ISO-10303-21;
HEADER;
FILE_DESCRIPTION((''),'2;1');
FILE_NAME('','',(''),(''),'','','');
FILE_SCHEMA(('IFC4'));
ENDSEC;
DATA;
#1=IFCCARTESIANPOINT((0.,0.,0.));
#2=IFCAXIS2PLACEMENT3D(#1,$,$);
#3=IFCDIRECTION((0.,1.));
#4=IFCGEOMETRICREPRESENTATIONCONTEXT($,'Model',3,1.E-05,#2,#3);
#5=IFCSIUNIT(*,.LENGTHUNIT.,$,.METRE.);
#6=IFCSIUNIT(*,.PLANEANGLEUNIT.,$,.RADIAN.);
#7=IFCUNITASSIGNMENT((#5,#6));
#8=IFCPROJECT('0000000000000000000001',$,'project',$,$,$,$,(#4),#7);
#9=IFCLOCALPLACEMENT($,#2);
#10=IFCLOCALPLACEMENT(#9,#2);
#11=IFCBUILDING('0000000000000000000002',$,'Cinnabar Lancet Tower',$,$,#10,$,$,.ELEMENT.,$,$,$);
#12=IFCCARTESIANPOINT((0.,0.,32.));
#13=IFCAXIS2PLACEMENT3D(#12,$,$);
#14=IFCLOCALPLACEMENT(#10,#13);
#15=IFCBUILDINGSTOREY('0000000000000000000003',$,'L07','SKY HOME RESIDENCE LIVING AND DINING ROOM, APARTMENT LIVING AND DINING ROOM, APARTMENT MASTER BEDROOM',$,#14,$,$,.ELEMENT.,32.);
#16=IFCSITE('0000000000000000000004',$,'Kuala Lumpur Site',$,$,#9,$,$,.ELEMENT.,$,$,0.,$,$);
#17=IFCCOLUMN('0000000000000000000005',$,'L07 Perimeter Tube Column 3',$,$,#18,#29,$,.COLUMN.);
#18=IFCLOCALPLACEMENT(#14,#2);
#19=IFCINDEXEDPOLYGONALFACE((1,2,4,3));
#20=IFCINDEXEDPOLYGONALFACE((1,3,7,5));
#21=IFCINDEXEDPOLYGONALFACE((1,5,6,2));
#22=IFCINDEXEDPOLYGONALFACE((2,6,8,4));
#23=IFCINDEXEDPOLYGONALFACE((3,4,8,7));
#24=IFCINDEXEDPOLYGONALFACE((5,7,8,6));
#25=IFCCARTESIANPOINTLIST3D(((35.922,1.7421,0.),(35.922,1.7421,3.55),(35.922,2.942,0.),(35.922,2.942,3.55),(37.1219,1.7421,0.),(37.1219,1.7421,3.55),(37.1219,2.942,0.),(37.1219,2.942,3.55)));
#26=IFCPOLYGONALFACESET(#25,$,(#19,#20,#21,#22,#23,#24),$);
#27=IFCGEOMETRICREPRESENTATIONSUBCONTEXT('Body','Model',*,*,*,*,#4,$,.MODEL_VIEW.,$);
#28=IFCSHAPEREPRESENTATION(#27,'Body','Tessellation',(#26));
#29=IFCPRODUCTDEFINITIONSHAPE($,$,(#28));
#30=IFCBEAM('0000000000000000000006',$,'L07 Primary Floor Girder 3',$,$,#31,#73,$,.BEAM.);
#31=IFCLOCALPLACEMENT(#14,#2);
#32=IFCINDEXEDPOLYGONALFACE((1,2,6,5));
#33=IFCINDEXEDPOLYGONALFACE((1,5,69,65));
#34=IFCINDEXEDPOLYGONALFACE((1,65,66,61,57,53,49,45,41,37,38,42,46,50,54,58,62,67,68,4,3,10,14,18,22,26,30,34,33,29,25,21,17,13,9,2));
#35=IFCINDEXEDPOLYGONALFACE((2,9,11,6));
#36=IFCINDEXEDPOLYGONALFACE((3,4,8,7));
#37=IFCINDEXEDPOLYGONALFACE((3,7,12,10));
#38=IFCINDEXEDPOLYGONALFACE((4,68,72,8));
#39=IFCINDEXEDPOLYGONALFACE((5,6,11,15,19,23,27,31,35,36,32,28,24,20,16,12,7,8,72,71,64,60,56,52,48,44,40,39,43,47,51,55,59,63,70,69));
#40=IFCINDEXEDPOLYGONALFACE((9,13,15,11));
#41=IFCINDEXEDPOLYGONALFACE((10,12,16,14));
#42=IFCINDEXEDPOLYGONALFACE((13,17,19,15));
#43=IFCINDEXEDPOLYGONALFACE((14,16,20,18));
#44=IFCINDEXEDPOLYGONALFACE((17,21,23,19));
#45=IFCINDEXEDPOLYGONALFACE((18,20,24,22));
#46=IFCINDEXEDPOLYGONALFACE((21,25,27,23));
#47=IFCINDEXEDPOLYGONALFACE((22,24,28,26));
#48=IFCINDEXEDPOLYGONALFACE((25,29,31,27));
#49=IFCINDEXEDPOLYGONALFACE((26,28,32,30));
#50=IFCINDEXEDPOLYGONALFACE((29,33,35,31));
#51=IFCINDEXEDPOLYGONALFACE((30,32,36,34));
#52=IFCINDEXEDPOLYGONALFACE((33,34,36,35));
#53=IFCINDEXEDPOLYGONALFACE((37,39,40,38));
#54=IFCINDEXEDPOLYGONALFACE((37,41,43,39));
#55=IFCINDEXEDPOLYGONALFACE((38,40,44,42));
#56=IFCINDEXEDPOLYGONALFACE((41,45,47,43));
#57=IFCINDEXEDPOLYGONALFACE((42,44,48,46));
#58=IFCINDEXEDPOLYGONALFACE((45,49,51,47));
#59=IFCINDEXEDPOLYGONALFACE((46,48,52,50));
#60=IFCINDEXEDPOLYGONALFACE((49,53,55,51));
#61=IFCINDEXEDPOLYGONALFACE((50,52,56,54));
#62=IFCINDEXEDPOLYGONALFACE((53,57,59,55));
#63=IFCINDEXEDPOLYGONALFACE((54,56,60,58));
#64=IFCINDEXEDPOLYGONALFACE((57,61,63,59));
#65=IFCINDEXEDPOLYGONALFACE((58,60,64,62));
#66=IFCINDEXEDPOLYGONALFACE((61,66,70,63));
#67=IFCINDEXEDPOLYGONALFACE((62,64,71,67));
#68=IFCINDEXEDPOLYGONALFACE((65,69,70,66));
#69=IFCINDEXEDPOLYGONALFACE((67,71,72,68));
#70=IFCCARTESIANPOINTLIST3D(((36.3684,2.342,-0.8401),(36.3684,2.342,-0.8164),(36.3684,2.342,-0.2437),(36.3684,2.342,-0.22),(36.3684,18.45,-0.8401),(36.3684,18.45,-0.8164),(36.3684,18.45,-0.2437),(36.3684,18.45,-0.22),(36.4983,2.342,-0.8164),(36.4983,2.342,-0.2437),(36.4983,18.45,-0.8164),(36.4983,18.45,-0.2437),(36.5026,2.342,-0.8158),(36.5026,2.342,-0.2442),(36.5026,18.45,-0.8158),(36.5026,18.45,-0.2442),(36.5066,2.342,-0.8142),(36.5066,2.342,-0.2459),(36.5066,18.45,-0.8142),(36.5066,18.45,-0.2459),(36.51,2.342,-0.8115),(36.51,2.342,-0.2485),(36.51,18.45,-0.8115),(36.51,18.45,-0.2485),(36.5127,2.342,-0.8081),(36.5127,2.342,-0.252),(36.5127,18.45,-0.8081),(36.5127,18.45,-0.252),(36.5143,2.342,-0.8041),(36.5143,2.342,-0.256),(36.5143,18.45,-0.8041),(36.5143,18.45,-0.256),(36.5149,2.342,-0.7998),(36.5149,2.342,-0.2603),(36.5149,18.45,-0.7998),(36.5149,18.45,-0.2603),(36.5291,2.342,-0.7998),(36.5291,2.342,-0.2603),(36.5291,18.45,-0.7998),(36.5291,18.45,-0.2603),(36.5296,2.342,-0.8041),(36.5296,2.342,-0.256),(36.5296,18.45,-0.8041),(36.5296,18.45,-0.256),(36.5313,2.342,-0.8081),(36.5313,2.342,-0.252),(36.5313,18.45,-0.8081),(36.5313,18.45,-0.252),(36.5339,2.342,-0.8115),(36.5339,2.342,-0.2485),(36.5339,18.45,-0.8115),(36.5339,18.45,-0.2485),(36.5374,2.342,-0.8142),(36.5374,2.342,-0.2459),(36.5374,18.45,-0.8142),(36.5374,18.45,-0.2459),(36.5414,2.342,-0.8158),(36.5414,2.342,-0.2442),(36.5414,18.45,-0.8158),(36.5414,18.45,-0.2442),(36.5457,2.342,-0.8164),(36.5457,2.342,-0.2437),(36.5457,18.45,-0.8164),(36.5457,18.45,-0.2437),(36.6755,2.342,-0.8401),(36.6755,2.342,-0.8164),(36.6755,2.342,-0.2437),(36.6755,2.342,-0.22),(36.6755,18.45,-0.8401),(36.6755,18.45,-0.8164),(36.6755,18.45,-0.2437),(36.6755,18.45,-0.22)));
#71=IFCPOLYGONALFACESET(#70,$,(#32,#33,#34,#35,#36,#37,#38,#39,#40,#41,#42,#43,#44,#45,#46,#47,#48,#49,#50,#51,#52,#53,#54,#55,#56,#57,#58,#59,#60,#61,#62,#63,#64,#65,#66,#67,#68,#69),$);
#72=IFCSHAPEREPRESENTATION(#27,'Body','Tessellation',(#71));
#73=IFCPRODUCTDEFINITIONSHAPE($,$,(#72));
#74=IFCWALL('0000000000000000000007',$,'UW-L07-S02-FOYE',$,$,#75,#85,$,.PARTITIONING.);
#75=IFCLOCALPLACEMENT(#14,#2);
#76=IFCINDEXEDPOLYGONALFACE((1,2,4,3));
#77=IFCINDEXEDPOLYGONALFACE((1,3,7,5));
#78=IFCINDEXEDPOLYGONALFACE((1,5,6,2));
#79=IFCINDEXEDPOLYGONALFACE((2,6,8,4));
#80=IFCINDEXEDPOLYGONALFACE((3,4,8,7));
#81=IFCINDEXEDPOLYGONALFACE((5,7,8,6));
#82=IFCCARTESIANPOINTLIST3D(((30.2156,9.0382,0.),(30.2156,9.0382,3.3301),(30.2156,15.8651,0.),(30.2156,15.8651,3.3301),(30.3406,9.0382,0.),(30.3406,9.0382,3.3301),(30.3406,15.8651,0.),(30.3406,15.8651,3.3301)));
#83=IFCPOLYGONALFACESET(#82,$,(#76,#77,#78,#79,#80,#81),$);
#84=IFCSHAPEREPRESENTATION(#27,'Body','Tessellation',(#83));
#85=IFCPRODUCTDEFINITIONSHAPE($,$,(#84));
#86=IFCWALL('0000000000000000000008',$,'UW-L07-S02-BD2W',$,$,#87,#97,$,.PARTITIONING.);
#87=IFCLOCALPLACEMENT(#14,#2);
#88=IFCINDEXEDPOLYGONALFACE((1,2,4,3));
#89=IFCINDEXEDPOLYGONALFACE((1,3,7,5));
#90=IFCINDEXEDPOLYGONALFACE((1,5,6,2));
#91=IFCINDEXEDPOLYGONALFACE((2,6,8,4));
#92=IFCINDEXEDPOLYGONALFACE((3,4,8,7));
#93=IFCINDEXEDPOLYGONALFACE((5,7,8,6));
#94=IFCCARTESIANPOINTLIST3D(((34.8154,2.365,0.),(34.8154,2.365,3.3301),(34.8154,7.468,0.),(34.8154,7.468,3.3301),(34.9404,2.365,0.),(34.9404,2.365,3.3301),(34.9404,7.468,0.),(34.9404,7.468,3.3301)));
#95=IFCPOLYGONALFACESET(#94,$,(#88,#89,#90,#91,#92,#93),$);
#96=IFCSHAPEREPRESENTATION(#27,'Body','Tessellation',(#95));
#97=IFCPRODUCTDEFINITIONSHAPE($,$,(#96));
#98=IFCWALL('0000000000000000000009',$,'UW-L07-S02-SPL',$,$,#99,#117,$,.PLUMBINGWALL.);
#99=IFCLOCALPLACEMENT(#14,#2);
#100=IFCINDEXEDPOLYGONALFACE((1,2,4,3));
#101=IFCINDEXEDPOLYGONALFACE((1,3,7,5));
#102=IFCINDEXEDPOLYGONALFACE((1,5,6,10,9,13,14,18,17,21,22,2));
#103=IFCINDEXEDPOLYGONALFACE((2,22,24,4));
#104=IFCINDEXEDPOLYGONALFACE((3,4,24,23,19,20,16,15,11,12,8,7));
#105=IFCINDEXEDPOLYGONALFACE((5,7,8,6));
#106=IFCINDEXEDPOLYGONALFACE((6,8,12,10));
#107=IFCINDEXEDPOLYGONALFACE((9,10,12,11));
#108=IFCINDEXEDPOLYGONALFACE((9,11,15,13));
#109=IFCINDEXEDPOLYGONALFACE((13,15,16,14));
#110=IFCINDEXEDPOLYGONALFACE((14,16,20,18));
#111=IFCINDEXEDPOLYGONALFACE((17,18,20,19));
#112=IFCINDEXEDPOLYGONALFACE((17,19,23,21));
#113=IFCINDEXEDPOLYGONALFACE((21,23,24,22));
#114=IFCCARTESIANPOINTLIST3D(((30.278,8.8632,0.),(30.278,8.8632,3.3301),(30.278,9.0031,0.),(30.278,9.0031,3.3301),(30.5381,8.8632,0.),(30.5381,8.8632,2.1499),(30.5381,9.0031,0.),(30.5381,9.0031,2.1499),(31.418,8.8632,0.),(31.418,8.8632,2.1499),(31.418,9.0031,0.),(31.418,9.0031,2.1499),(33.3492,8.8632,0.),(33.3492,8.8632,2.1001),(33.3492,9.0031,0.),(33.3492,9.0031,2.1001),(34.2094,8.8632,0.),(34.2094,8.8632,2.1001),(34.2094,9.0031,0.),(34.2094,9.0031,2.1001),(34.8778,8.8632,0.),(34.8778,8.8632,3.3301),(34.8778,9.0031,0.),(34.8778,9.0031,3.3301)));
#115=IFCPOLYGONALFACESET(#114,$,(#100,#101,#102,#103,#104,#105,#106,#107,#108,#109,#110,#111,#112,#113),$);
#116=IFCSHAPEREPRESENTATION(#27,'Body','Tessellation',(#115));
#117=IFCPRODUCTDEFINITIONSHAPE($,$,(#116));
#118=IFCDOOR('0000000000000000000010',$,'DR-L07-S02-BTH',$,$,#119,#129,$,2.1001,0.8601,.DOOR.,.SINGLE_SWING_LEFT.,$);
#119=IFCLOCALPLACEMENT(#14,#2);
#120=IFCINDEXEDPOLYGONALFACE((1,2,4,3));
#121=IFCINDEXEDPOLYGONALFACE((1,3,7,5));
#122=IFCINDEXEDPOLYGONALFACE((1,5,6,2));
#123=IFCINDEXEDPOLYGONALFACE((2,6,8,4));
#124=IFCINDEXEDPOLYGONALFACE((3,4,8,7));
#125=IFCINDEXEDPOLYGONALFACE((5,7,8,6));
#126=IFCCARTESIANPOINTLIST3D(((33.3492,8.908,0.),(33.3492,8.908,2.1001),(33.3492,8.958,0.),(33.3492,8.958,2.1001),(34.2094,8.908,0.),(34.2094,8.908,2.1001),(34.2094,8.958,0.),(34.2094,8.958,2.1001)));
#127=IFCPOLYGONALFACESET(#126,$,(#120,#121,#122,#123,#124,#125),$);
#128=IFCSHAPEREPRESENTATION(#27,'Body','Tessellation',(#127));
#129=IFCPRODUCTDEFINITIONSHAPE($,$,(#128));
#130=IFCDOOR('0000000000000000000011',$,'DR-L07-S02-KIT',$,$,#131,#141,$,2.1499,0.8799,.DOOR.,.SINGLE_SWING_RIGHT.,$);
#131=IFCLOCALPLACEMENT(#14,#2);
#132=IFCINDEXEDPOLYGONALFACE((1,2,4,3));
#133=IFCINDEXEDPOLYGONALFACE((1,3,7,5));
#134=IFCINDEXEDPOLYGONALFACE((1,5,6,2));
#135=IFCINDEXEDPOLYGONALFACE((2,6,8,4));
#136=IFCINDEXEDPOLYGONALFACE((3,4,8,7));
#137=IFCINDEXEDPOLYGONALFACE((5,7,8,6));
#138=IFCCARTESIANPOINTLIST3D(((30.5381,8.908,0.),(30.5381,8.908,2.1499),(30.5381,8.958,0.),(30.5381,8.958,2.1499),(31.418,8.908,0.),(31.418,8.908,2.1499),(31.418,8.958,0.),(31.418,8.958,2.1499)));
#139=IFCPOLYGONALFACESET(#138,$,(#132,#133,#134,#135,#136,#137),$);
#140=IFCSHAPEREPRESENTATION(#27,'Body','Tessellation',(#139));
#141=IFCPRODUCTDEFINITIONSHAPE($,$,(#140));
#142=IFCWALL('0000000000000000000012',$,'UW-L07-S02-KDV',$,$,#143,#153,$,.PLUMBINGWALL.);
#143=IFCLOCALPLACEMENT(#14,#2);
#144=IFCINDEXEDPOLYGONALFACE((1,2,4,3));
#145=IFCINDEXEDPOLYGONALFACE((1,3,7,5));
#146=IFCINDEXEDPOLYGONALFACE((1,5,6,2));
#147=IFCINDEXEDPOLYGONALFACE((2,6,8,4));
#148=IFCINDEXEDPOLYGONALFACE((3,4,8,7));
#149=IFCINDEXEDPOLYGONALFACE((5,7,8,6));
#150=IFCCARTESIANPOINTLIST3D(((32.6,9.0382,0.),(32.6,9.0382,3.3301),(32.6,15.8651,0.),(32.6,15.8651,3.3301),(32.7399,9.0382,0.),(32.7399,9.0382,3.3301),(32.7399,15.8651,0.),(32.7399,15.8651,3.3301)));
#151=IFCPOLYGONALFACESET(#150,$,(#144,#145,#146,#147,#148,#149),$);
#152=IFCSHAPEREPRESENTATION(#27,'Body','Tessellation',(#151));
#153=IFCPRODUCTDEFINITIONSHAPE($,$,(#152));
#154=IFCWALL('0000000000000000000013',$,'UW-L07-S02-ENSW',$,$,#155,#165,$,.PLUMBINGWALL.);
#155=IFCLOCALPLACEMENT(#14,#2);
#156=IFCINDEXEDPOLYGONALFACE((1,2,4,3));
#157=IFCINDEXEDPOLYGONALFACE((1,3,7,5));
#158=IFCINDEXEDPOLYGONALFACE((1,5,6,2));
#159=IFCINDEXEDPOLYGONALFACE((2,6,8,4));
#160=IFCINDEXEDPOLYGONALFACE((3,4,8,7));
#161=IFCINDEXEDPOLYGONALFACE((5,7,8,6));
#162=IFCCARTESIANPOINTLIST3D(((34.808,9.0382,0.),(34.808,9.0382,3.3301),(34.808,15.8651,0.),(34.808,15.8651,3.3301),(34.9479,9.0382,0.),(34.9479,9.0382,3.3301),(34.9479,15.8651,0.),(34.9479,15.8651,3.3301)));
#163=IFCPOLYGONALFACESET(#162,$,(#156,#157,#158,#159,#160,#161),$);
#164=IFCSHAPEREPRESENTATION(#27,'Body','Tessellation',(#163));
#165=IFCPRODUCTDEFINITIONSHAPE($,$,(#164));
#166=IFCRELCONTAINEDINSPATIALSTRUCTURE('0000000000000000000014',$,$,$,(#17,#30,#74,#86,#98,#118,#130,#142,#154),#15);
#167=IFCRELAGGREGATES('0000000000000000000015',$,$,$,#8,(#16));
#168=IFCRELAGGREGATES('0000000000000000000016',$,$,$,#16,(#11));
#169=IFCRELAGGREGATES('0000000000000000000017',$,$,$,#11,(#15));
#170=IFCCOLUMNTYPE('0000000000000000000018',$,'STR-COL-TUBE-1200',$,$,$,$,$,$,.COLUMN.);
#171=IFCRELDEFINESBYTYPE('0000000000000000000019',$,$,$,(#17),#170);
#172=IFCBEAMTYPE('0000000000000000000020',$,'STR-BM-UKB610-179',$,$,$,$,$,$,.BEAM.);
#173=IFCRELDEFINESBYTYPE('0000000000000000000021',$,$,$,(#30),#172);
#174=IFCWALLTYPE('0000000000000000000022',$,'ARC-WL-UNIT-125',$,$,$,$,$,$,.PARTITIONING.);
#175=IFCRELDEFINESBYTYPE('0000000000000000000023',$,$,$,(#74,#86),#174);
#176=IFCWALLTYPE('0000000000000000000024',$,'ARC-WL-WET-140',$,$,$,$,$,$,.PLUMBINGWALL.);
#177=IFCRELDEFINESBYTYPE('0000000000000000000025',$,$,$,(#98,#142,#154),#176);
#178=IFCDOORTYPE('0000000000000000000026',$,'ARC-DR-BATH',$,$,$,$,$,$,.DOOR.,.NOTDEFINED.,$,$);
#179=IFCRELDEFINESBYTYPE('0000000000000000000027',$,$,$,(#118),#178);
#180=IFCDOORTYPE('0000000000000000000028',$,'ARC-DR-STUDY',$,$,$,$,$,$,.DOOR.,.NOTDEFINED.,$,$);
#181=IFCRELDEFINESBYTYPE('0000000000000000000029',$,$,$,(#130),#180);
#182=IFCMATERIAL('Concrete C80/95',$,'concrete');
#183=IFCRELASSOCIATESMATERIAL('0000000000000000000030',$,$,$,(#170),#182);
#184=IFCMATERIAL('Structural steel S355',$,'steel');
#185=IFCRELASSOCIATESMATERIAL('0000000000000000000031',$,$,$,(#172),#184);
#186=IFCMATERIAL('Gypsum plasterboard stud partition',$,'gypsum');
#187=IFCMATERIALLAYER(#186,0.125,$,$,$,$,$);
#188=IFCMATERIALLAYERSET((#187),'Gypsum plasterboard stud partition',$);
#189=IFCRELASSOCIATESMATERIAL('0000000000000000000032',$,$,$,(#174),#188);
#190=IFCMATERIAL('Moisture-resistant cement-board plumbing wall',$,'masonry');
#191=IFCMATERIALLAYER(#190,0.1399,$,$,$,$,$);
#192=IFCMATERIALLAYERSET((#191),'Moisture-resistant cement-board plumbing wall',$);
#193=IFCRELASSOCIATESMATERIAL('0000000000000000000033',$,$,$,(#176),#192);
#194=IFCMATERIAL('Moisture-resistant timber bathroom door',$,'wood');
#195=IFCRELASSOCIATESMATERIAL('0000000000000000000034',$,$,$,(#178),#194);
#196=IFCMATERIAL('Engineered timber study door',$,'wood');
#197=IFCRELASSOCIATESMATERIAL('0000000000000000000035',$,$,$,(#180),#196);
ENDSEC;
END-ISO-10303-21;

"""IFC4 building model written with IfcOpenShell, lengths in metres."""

from ifc_helpers import new_model, si_unit, direction, frame, frame_2d, origin, origin_2d, place, context, subcontext, project, spatial, rectangle, i_section, extrude, material, layer, layer_set, material_profile, profile_set, type_object, element, fill, save


model = new_model("IFC4")

# Units and contexts
model_context = context("Model", 3, precision=1e-05, world=origin(), true_north=direction((0.0, 1.0)))
body_context = subcontext(model_context, "Body", "Model", "MODEL_VIEW")
ifc_project = project(units=[si_unit("LENGTHUNIT", "METRE"), si_unit("PLANEANGLEUNIT", "RADIAN")], contexts=[model_context])

# Site, building, storey
site_placement = place(None, origin())
site = spatial("IfcSite", under=ifc_project, at=site_placement, Name="Kuala Lumpur Site", CompositionType="ELEMENT", RefElevation=0.0)
building_placement = place(site_placement, origin())
building = spatial("IfcBuilding", under=site, at=building_placement, Name="Cinnabar Lancet Tower", CompositionType="ELEMENT")
storey_placement = place(building_placement, frame((0.0, 0.0, 32.0)))
storey = spatial("IfcBuildingStorey", under=building, at=storey_placement, Name="L07", Description="SKY HOME RESIDENCE LIVING AND DINING ROOM, APARTMENT LIVING AND DINING ROOM, APARTMENT MASTER BEDROOM", CompositionType="ELEMENT", Elevation=32.0)

# Column
ifc_material_1 = material(Name="Concrete C80/95", Category="concrete")
ifc_material_profile_1 = material_profile(ifc_material_1, rectangle(XDim=1.2, YDim=1.2, at=origin_2d()), Name="RC-COL 1200x1200")
ifc_profile_set_1 = profile_set([ifc_material_profile_1], Name="Concrete C80/95")
column_type = type_object("IfcColumnType", Name="STR-COL-TUBE-1200", PredefinedType="COLUMN", material=ifc_profile_set_1)
column_placement = place(storey_placement, frame((36.522, 2.342, 0.0), z_axis=(0.0, 0.0, 1.0), x_axis=(1.0, 0.0, 0.0)))
element("IfcColumn", 1, at=column_placement, inside=storey, type_object=column_type, Name="L07 Perimeter Tube Column 3", PredefinedType="COLUMN", context=body_context, shape_type="SweptSolid", body=[
    extrude(rectangle(XDim=1.2, YDim=1.2, at=origin_2d()), origin(), (0.0, 0.0, 1.0), 3.55),
])

# Beam
ifc_material_2 = material(Name="Structural steel S355", Category="steel")
ifc_material_profile_2 = material_profile(ifc_material_2, i_section(OverallWidth=0.3071, OverallDepth=0.6201, WebThickness=0.0142, FlangeThickness=0.0237, FilletRadius=0.0166, at=origin_2d()), Name="UKB 610x305x179")
ifc_profile_set_2 = profile_set([ifc_material_profile_2], Name="Structural steel S355")
beam_type = type_object("IfcBeamType", Name="STR-BM-UKB610-179", PredefinedType="BEAM", material=ifc_profile_set_2)
beam_placement = place(storey_placement, frame((36.522, 2.342, -0.53), z_axis=(0.0, 1.0, 0.0), x_axis=(-1.0, 0.0, 0.0)))
element("IfcBeam", 2, at=beam_placement, inside=storey, type_object=beam_type, Name="L07 Primary Floor Girder 3", PredefinedType="BEAM", context=body_context, shape_type="SweptSolid", body=[
    extrude(i_section(OverallWidth=0.3071, OverallDepth=0.6201, WebThickness=0.0142, FlangeThickness=0.0237, FilletRadius=0.0166, at=origin_2d()), origin(), (0.0, 0.0, 1.0), 16.1079),
])

# Walls
ifc_material_3 = material(Name="Gypsum plasterboard stud partition", Category="gypsum")
ifc_layer_1 = layer(ifc_material_3, 0.125)
ifc_layer_set_1 = layer_set([ifc_layer_1], Name="Gypsum plasterboard stud partition")
wall_type_1 = type_object("IfcWallType", Name="ARC-WL-UNIT-125", PredefinedType="PARTITIONING", material=ifc_layer_set_1)
wall_1_placement = place(storey_placement, frame((30.2781, 9.0381, 0.0), z_axis=(0.0, 0.0, 1.0), x_axis=(0.0, 1.0, 0.0)))
element("IfcWall", 3, at=wall_1_placement, inside=storey, type_object=wall_type_1, Name="UW-L07-S02-FOYE", PredefinedType="PARTITIONING", context=body_context, shape_type="SweptSolid", body=[
    extrude(rectangle(XDim=6.8269, YDim=0.125, at=frame_2d((3.4136, 0.0))), origin(), (0.0, 0.0, 1.0), 3.3301),
])
wall_2_placement = place(storey_placement, frame((34.8779, 2.365, 0.0), z_axis=(0.0, 0.0, 1.0), x_axis=(0.0, 1.0, 0.0)))
element("IfcWall", 4, at=wall_2_placement, inside=storey, type_object=wall_type_1, Name="UW-L07-S02-BD2W", PredefinedType="PARTITIONING", context=body_context, shape_type="SweptSolid", body=[
    extrude(rectangle(XDim=5.103, YDim=0.125, at=frame_2d((2.5515, 0.0))), origin(), (0.0, 0.0, 1.0), 3.3301),
])

# Wall, openings, doors
ifc_material_4 = material(Name="Moisture-resistant cement-board plumbing wall", Category="masonry")
ifc_layer_2 = layer(ifc_material_4, 0.1399)
ifc_layer_set_2 = layer_set([ifc_layer_2], Name="Moisture-resistant cement-board plumbing wall")
wall_type_2 = type_object("IfcWallType", Name="ARC-WL-WET-140", PredefinedType="PLUMBINGWALL", material=ifc_layer_set_2)
wall_3_placement = place(storey_placement, frame((30.2781, 8.9331, 0.0), z_axis=(0.0, 0.0, 1.0), x_axis=(1.0, 0.0, 0.0)))
wall_3 = element("IfcWall", 5, at=wall_3_placement, inside=storey, type_object=wall_type_2, Name="UW-L07-S02-SPL", PredefinedType="PLUMBINGWALL", context=body_context, shape_type="SweptSolid", body=[
    extrude(rectangle(XDim=4.5999, YDim=0.1399, at=frame_2d((2.2998, 0.0))), origin(), (0.0, 0.0, 1.0), 3.3301),
])
opening_1_placement = place(wall_3_placement, frame((3.071, 0.0, 0.0)))
opening_1 = element("IfcOpeningElement", 6, at=opening_1_placement, cuts=wall_3, PredefinedType="OPENING", context=body_context, shape_type="SweptSolid", body=[
    extrude(rectangle(XDim=0.8601, YDim=2.1001, at=frame_2d((0.4302, 1.05))), frame((0.0, 0.0798, 0.0), z_axis=(0.0, -1.0, 0.0), x_axis=(1.0, 0.0, 0.0)), (0.0, 0.0, 1.0), 0.1599),
])
opening_2_placement = place(wall_3_placement, frame((0.26, 0.0, 0.0)))
opening_2 = element("IfcOpeningElement", 7, at=opening_2_placement, cuts=wall_3, PredefinedType="OPENING", context=body_context, shape_type="SweptSolid", body=[
    extrude(rectangle(XDim=0.8799, YDim=2.1499, at=frame_2d((0.4399, 1.075))), frame((0.0, 0.0798, 0.0), z_axis=(0.0, -1.0, 0.0), x_axis=(1.0, 0.0, 0.0)), (0.0, 0.0, 1.0), 0.1599),
])
ifc_material_5 = material(Name="Moisture-resistant timber bathroom door", Category="wood")
door_type_1 = type_object("IfcDoorType", Name="ARC-DR-BATH", OperationType="NOTDEFINED", PredefinedType="DOOR", material=ifc_material_5)
door_1_placement = place(opening_1_placement, origin())
door_1 = element("IfcDoor", 8, at=door_1_placement, inside=storey, type_object=door_type_1, Name="DR-L07-S02-BTH", OperationType="SINGLE_SWING_LEFT", OverallHeight=2.1001, OverallWidth=0.8601, PredefinedType="DOOR", context=body_context, shape_type="SweptSolid", body=[
    extrude(rectangle(XDim=0.8601, YDim=2.1001, at=frame_2d((0.4302, 1.05))), frame((0.0, 0.0249, 0.0), z_axis=(0.0, -1.0, 0.0), x_axis=(1.0, 0.0, 0.0)), (0.0, 0.0, 1.0), 0.05),
])
fill(opening_1, door_1)
ifc_material_6 = material(Name="Engineered timber study door", Category="wood")
door_type_2 = type_object("IfcDoorType", Name="ARC-DR-STUDY", OperationType="NOTDEFINED", PredefinedType="DOOR", material=ifc_material_6)
door_2_placement = place(opening_2_placement, origin())
door_2 = element("IfcDoor", 9, at=door_2_placement, inside=storey, type_object=door_type_2, Name="DR-L07-S02-KIT", OperationType="SINGLE_SWING_RIGHT", OverallHeight=2.1499, OverallWidth=0.8799, PredefinedType="DOOR", context=body_context, shape_type="SweptSolid", body=[
    extrude(rectangle(XDim=0.8799, YDim=2.1499, at=frame_2d((0.4399, 1.075))), frame((0.0, 0.0249, 0.0), z_axis=(0.0, -1.0, 0.0), x_axis=(1.0, 0.0, 0.0)), (0.0, 0.0, 1.0), 0.05),
])
fill(opening_2, door_2)

# Walls
for number, where, z_axis, x_axis, name in (
    (10, (32.6699, 9.0381, 0.0), (0.0, 0.0, 1.0), (0.0, 1.0, 0.0), "UW-L07-S02-KDV"),
    (11, (34.8779, 9.0381, 0.0), (0.0, 0.0, 1.0), (0.0, 1.0, 0.0), "UW-L07-S02-ENSW"),
):
    element("IfcWall", number, at=place(storey_placement, frame(where, z_axis=z_axis, x_axis=x_axis)), inside=storey, type_object=wall_type_2, Name=name, PredefinedType="PLUMBINGWALL", context=body_context, shape_type="SweptSolid", body=[
        extrude(rectangle(XDim=6.8269, YDim=0.1399, at=frame_2d((3.4136, 0.0))), origin(), (0.0, 0.0, 1.0), 3.3301),
    ])

save(model, "model.ifc")
